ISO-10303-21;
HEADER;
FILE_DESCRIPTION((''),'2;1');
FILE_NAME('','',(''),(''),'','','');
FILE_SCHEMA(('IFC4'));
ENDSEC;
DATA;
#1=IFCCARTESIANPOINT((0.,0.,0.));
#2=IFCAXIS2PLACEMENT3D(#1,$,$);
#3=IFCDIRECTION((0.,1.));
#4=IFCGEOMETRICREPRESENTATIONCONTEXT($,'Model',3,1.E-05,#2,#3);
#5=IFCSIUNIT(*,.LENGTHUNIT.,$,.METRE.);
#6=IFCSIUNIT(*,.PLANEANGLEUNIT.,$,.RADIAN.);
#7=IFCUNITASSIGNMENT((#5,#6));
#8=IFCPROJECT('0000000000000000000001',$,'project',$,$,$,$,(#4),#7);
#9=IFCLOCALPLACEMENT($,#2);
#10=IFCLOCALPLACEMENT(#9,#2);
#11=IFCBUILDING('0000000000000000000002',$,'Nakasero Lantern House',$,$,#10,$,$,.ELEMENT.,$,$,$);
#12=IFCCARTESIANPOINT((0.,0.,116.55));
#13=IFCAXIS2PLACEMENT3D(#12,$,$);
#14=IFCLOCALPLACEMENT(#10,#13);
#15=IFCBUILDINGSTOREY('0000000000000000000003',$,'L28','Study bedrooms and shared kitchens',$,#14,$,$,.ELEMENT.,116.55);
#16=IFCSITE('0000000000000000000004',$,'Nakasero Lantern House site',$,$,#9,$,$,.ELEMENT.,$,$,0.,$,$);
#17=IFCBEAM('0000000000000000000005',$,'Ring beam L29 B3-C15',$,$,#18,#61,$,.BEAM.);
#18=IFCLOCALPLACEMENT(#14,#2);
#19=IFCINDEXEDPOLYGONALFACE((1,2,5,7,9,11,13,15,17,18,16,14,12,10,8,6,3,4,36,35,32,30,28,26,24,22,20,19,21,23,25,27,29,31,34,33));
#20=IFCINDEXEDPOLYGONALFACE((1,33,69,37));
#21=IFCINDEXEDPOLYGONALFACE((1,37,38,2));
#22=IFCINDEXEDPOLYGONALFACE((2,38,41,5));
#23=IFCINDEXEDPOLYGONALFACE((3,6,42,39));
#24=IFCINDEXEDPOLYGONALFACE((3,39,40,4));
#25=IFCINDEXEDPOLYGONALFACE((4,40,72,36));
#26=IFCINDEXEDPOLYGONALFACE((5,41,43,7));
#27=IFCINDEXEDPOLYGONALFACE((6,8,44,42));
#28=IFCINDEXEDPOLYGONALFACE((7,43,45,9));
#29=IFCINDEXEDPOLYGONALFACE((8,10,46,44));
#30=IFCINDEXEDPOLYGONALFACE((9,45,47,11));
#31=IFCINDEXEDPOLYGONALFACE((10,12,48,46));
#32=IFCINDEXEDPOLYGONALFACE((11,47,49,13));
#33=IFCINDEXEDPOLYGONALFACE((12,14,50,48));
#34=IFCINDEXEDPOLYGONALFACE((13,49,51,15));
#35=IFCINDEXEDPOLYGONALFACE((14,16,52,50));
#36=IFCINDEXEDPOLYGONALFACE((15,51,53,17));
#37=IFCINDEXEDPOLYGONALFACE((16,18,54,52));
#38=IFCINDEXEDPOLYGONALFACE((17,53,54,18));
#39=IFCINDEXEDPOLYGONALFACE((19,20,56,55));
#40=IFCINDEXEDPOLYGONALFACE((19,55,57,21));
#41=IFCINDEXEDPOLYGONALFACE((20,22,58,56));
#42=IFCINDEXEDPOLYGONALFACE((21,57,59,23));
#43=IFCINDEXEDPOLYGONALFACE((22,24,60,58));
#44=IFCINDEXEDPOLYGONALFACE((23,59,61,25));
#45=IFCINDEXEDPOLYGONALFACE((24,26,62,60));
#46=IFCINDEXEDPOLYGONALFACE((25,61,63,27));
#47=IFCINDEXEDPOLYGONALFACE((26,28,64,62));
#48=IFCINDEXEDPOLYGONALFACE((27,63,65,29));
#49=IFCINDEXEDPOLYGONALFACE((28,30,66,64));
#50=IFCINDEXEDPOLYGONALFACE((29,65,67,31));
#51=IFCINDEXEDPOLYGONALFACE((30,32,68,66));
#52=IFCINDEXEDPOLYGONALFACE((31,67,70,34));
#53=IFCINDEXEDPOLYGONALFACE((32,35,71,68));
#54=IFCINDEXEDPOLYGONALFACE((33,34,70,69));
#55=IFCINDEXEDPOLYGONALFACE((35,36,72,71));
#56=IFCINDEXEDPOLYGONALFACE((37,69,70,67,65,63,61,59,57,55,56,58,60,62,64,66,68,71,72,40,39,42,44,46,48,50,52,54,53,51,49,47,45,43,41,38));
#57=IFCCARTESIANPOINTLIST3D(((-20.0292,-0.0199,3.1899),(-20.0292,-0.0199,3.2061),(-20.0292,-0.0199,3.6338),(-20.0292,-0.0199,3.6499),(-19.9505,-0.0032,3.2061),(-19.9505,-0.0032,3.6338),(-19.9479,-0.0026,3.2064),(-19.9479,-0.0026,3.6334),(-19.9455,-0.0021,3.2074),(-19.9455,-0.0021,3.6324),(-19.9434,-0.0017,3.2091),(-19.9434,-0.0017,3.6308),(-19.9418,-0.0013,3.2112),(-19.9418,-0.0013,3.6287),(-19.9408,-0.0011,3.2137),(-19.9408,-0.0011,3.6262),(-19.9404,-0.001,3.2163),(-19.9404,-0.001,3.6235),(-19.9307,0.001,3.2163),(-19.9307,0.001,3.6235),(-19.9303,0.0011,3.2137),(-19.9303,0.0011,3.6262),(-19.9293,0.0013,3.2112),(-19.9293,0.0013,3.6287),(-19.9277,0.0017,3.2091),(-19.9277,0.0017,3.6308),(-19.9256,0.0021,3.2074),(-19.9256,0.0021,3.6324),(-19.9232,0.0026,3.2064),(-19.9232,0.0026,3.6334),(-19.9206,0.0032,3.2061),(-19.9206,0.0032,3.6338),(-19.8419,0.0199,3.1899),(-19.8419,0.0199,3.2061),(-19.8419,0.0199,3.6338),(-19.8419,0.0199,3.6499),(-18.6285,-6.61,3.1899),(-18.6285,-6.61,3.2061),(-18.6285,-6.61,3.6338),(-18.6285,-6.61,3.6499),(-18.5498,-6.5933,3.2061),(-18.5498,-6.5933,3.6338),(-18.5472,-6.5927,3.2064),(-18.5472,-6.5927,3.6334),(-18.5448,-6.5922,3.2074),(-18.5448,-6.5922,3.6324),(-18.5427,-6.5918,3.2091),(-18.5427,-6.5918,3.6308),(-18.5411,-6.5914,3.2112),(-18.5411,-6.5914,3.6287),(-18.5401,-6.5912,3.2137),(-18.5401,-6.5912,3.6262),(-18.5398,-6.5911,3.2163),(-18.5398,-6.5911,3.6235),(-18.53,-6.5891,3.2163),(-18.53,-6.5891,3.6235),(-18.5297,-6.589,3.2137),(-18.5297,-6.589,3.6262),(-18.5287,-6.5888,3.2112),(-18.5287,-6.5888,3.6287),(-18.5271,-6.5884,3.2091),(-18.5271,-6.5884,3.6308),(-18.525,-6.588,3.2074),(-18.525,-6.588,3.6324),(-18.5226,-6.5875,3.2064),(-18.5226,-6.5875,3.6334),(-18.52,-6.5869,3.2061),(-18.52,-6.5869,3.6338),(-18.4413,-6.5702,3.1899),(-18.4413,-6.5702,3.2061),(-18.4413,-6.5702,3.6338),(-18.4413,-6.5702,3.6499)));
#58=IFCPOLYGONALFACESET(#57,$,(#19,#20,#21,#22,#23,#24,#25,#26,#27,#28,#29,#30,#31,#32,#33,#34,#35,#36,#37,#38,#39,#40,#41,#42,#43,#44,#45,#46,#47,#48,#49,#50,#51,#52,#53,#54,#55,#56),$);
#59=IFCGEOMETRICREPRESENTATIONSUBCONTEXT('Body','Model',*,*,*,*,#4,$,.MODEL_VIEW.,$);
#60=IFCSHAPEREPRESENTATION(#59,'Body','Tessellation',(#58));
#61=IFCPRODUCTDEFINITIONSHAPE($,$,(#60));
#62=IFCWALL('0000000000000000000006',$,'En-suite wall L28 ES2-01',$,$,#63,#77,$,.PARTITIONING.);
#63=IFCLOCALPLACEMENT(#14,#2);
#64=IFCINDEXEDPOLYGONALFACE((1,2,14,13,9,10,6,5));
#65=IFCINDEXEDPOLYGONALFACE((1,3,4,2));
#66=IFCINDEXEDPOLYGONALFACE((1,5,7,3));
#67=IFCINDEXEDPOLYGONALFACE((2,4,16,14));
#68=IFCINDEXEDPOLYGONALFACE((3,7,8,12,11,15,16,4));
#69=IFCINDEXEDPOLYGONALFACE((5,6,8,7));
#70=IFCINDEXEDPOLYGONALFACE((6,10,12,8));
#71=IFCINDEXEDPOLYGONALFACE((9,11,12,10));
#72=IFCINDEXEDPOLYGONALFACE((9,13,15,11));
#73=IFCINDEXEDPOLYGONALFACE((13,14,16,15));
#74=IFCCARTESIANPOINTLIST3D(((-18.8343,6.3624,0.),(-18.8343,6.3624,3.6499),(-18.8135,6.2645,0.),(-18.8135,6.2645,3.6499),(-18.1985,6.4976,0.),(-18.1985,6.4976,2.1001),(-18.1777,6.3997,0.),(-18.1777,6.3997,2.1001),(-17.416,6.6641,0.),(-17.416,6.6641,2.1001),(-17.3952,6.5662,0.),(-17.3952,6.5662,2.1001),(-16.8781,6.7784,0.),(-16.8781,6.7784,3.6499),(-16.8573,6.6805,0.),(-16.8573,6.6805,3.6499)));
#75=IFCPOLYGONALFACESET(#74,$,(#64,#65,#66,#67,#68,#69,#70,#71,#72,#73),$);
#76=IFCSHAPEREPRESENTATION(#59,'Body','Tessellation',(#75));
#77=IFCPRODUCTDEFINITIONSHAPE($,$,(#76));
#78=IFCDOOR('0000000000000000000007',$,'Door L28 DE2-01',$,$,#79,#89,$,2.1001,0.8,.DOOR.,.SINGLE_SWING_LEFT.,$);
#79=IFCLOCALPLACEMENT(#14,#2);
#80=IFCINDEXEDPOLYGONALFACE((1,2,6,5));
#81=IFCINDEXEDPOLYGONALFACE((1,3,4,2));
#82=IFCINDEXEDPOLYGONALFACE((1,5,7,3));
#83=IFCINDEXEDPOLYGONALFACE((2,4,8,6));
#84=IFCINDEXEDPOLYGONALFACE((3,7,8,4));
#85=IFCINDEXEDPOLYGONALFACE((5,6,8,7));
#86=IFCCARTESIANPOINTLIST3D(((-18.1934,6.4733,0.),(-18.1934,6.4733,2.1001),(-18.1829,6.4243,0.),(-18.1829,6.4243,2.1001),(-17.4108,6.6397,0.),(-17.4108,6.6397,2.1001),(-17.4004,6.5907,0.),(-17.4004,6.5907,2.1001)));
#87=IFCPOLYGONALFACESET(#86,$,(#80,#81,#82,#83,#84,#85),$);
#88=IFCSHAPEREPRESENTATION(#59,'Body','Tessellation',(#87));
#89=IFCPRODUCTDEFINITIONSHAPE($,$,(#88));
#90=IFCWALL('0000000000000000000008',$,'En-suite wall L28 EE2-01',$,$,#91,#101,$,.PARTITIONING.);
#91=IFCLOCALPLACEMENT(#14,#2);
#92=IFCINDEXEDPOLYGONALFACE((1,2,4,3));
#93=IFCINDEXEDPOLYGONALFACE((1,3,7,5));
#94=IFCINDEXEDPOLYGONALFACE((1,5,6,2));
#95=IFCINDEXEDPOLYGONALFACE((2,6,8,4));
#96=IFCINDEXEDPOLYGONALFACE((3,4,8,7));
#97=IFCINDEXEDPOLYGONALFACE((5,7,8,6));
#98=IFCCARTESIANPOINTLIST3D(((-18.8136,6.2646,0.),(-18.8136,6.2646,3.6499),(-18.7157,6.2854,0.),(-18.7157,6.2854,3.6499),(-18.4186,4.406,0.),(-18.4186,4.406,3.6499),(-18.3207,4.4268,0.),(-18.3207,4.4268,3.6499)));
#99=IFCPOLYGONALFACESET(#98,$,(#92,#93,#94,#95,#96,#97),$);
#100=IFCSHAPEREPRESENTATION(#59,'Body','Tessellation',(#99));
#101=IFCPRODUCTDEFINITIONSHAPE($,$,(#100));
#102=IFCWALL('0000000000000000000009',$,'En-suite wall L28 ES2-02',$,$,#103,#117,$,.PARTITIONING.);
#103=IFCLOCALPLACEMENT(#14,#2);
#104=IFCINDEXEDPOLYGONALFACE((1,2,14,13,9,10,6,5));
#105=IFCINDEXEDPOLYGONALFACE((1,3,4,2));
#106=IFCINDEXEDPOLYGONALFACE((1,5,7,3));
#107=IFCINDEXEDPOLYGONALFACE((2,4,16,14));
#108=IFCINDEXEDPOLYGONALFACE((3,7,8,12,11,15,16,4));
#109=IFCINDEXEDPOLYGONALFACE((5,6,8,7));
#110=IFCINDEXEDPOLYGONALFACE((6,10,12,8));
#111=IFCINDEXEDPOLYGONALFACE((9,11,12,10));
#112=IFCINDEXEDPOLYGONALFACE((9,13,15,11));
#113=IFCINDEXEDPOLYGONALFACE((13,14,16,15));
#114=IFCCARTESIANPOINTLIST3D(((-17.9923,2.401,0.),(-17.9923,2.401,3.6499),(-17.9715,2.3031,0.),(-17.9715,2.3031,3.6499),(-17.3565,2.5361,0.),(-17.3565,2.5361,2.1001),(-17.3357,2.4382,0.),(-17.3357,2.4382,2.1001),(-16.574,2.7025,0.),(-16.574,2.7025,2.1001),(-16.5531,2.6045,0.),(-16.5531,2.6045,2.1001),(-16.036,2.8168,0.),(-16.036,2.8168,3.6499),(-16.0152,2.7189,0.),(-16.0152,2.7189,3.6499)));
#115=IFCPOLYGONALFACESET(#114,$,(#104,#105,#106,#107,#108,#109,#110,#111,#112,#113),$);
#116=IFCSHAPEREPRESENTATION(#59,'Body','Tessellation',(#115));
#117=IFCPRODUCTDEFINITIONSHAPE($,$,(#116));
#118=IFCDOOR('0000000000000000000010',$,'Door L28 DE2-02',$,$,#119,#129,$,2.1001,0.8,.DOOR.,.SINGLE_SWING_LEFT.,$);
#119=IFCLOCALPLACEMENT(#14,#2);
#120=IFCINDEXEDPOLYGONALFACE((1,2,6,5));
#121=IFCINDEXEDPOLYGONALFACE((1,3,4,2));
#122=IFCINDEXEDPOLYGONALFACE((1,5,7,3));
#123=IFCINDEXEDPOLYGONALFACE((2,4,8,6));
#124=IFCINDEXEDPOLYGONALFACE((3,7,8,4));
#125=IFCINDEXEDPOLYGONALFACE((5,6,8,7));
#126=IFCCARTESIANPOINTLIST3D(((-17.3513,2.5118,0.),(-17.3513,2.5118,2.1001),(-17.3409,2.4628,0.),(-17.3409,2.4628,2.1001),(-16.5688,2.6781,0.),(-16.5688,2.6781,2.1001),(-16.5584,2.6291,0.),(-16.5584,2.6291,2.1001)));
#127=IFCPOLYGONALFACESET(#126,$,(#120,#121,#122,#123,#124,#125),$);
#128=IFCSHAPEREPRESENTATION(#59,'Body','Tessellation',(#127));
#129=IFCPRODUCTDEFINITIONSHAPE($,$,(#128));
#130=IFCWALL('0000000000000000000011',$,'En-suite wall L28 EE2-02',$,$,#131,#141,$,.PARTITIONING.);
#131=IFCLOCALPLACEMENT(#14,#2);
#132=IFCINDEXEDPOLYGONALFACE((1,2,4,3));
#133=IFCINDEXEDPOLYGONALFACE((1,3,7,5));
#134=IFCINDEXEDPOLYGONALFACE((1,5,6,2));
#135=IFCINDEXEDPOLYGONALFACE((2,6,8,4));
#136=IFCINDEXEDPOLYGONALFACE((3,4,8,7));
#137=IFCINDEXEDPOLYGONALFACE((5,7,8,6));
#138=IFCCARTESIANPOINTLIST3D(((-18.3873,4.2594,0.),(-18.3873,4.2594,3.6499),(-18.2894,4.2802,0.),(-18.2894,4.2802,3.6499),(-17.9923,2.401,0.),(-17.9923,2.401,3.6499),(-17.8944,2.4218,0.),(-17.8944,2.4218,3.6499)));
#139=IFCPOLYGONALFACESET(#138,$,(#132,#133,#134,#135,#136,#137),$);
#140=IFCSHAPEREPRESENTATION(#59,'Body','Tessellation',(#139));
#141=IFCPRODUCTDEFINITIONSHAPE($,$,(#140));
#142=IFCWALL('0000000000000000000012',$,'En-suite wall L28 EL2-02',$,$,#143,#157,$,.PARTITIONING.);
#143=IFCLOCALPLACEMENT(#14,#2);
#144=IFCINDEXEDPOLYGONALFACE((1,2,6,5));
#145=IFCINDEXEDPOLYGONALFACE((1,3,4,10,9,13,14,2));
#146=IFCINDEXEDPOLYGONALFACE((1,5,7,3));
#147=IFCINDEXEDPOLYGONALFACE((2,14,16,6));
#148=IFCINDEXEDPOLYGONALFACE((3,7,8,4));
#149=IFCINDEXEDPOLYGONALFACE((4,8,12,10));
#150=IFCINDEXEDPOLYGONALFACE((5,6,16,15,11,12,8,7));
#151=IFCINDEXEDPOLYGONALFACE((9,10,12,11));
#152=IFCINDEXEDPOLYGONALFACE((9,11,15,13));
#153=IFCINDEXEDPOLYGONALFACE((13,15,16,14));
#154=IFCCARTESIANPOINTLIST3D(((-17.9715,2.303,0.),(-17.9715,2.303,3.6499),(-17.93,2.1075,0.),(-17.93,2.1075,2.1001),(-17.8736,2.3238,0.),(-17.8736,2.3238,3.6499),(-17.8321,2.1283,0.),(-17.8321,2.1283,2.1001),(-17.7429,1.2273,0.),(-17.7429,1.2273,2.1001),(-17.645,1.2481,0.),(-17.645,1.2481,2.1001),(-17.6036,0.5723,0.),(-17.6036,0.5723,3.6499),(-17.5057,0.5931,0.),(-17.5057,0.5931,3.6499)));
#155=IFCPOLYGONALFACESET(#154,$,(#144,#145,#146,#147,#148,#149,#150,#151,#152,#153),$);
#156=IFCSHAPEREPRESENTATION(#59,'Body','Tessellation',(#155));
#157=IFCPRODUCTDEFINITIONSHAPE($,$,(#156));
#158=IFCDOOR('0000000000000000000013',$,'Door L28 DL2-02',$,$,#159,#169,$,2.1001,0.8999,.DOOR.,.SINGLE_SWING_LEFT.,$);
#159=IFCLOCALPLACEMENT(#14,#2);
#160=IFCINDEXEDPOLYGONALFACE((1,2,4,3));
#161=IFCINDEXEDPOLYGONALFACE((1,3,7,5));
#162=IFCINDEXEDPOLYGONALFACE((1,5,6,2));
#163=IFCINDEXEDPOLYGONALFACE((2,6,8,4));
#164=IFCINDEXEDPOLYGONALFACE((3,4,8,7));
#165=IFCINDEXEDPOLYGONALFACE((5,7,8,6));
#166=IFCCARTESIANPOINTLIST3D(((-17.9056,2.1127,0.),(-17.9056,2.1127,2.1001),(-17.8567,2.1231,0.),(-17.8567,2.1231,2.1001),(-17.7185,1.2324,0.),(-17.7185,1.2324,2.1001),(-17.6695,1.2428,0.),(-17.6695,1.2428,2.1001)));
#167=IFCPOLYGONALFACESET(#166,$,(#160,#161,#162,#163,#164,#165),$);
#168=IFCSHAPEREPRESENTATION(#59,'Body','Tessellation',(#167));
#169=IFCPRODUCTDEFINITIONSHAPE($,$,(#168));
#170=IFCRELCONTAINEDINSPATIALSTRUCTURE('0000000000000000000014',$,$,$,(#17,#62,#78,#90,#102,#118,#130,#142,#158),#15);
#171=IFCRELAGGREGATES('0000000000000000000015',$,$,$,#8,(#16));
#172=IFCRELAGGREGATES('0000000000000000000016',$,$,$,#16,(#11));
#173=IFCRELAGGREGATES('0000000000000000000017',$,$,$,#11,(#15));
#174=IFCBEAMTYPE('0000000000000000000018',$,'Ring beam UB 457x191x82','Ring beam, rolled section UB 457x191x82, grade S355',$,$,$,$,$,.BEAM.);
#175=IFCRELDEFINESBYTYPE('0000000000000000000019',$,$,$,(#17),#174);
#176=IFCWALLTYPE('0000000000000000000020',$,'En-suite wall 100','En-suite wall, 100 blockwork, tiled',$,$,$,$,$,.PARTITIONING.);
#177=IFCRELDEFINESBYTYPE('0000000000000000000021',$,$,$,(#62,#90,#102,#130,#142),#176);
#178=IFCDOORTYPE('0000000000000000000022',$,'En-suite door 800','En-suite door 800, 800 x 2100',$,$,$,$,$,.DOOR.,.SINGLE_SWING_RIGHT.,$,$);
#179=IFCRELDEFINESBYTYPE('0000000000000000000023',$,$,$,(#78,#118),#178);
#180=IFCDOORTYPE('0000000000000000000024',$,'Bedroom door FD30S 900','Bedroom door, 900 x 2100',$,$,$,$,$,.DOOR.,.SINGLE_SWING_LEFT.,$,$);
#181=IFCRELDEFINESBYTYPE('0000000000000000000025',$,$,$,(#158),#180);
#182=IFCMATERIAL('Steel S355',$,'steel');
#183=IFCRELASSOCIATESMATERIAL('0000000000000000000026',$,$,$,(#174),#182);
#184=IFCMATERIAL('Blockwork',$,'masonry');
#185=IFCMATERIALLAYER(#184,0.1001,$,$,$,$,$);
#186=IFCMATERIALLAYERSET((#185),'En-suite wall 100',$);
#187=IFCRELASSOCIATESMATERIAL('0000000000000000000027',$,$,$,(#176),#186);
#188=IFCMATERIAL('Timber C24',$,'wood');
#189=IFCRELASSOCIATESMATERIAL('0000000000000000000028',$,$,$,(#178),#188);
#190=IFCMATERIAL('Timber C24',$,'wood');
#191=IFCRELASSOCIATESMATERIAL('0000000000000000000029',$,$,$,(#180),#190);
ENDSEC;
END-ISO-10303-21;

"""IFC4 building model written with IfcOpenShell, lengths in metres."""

from ifc_helpers import new_model, si_unit, direction, frame, frame_2d, origin, origin_2d, place, context, subcontext, project, spatial, rectangle, i_section, extrude, material, layer, layer_set, material_profile, profile_set, type_object, element, fill, save


model = new_model("IFC4")

# Units and contexts
model_context = context("Model", 3, precision=1e-05, world=origin(), true_north=direction((0.0, 1.0)))
body_context = subcontext(model_context, "Body", "Model", "MODEL_VIEW")
ifc_project = project(units=[si_unit("LENGTHUNIT", "METRE"), si_unit("PLANEANGLEUNIT", "RADIAN")], contexts=[model_context])

# Site, building, storey
site_placement = place(None, origin())
site = spatial("IfcSite", under=ifc_project, at=site_placement, Name="Nakasero Lantern House site", CompositionType="ELEMENT", RefElevation=0.0)
building_placement = place(site_placement, origin())
building = spatial("IfcBuilding", under=site, at=building_placement, Name="Nakasero Lantern House", CompositionType="ELEMENT")
storey_placement = place(building_placement, frame((0.0, 0.0, 116.55)))
storey = spatial("IfcBuildingStorey", under=building, at=storey_placement, Name="L28", Description="Study bedrooms and shared kitchens", CompositionType="ELEMENT", Elevation=116.55)

# Beam
ifc_material_1 = material(Name="Steel S355", Category="steel")
ifc_material_profile_1 = material_profile(ifc_material_1, i_section(OverallWidth=0.1914, OverallDepth=0.46, WebThickness=0.01, FlangeThickness=0.0161, FilletRadius=0.0103, at=origin_2d()), Name="UB 457x191x82")
ifc_profile_set_1 = profile_set([ifc_material_profile_1], Name="Steel S355")
beam_type_1 = type_object("IfcBeamType", Name="Ring beam UB 457x191x82", Description="Ring beam, rolled section UB 457x191x82, grade S355", PredefinedType="BEAM", material=ifc_profile_set_1)
beam_1_placement = place(storey_placement, frame((-19.9355, 0.0, 3.4199), z_axis=(0.207893, -0.978152, 0.0), x_axis=(0.978152, 0.207893, 0.0)))
element("IfcBeam", 1, at=beam_1_placement, inside=storey, type_object=beam_type_1, Name="Ring beam L29 B3-C15", PredefinedType="BEAM", context=body_context, shape_type="SweptSolid", body=[
    extrude(i_section(OverallWidth=0.1914, OverallDepth=0.46, WebThickness=0.01, FlangeThickness=0.0161, FilletRadius=0.0103, at=origin_2d()), origin(), (0.0, 0.0, 1.0), 6.7373),
])

# Wall, opening, door
ifc_material_2 = material(Name="Blockwork", Category="masonry")
ifc_layer_1 = layer(ifc_material_2, 0.1001)
ifc_layer_set_1 = layer_set([ifc_layer_1], Name="En-suite wall 100")
wall_type_1 = type_object("IfcWallType", Name="En-suite wall 100", Description="En-suite wall, 100 blockwork, tiled", PredefinedType="PARTITIONING", material=ifc_layer_set_1)
wall_1_placement = place(storey_placement, frame((-16.8677, 6.7295, 0.0), z_axis=(0.0, 0.0, 1.0), x_axis=(-0.978128, -0.208003, 0.0)))
wall_1 = element("IfcWall", 2, at=wall_1_placement, inside=storey, type_object=wall_type_1, Name="En-suite wall L28 ES2-01", PredefinedType="PARTITIONING", context=body_context, shape_type="SweptSolid", body=[
    extrude(rectangle(XDim=2.0, YDim=0.1001, at=frame_2d((1.0, 0.0))), origin(), (0.0, 0.0, 1.0), 3.6499),
])
opening_1_placement = place(wall_1_placement, frame((0.55, 0.0, 0.0)))
opening_1 = element("IfcOpeningElement", 3, at=opening_1_placement, cuts=wall_1, PredefinedType="OPENING", context=body_context, shape_type="SweptSolid", body=[
    extrude(rectangle(XDim=0.8, YDim=2.1001, at=frame_2d((0.3999, 1.05))), frame((0.0, 0.0701, 0.0), z_axis=(0.0, -1.0, 0.0), x_axis=(1.0, 0.0, 0.0)), (0.0, 0.0, 1.0), 0.1401),
])
ifc_material_3 = material(Name="Timber C24", Category="wood")
door_type_1 = type_object("IfcDoorType", Name="En-suite door 800", Description="En-suite door 800, 800 x 2100", OperationType="SINGLE_SWING_RIGHT", PredefinedType="DOOR", material=ifc_material_3)
door_1_placement = place(opening_1_placement, origin())
door_1 = element("IfcDoor", 4, at=door_1_placement, inside=storey, type_object=door_type_1, Name="Door L28 DE2-01", OperationType="SINGLE_SWING_LEFT", OverallHeight=2.1001, OverallWidth=0.8, PredefinedType="DOOR", context=body_context, shape_type="SweptSolid", body=[
    extrude(rectangle(XDim=0.8, YDim=2.1001, at=frame_2d((0.3999, 1.05))), frame((0.0, 0.0249, 0.0), z_axis=(0.0, -1.0, 0.0), x_axis=(1.0, 0.0, 0.0)), (0.0, 0.0, 1.0), 0.05),
])
fill(opening_1, door_1)

# Wall
wall_2_placement = place(storey_placement, frame((-18.7646, 6.2751, 0.0), z_axis=(0.0, 0.0, 1.0), x_axis=(0.207888, -0.978153, 0.0)))
element("IfcWall", 5, at=wall_2_placement, inside=storey, type_object=wall_type_1, Name="En-suite wall L28 EE2-01", PredefinedType="PARTITIONING", context=body_context, shape_type="SweptSolid", body=[
    extrude(rectangle(XDim=1.9001, YDim=0.1001, at=frame_2d((0.9502, 0.0))), origin(), (0.0, 0.0, 1.0), 3.6499),
])

# Wall, opening, door
wall_3_placement = place(storey_placement, frame((-16.0256, 2.7678, 0.0), z_axis=(0.0, 0.0, 1.0), x_axis=(-0.978153, -0.207886, 0.0)))
wall_3 = element("IfcWall", 6, at=wall_3_placement, inside=storey, type_object=wall_type_1, Name="En-suite wall L28 ES2-02", PredefinedType="PARTITIONING", context=body_context, shape_type="SweptSolid", body=[
    extrude(rectangle(XDim=2.0, YDim=0.1001, at=frame_2d((1.0, 0.0))), origin(), (0.0, 0.0, 1.0), 3.6499),
])
opening_2_placement = place(wall_3_placement, frame((0.55, 0.0, 0.0)))
opening_2 = element("IfcOpeningElement", 7, at=opening_2_placement, cuts=wall_3, PredefinedType="OPENING", context=body_context, shape_type="SweptSolid", body=[
    extrude(rectangle(XDim=0.8, YDim=2.1001, at=frame_2d((0.3999, 1.05))), frame((0.0, 0.0701, 0.0), z_axis=(0.0, -1.0, 0.0), x_axis=(1.0, 0.0, 0.0)), (0.0, 0.0, 1.0), 0.1401),
])
door_2_placement = place(opening_2_placement, origin())
door_2 = element("IfcDoor", 8, at=door_2_placement, inside=storey, type_object=door_type_1, Name="Door L28 DE2-02", OperationType="SINGLE_SWING_LEFT", OverallHeight=2.1001, OverallWidth=0.8, PredefinedType="DOOR", context=body_context, shape_type="SweptSolid", body=[
    extrude(rectangle(XDim=0.8, YDim=2.1001, at=frame_2d((0.3999, 1.05))), frame((0.0, 0.0249, 0.0), z_axis=(0.0, -1.0, 0.0), x_axis=(1.0, 0.0, 0.0)), (0.0, 0.0, 1.0), 0.05),
])
fill(opening_2, door_2)

# Wall
wall_4_placement = place(storey_placement, frame((-18.3384, 4.2698, 0.0), z_axis=(0.0, 0.0, 1.0), x_axis=(0.207914, -0.978147, 0.0)))
element("IfcWall", 9, at=wall_4_placement, inside=storey, type_object=wall_type_1, Name="En-suite wall L28 EE2-02", PredefinedType="PARTITIONING", context=body_context, shape_type="SweptSolid", body=[
    extrude(rectangle(XDim=1.8999, YDim=0.1001, at=frame_2d((0.95, 0.0))), origin(), (0.0, 0.0, 1.0), 3.6499),
])

# Wall, opening, door
wall_5_placement = place(storey_placement, frame((-17.9226, 2.3135, 0.0), z_axis=(0.0, 0.0, 1.0), x_axis=(0.207936, -0.978142, 0.0)))
wall_5 = element("IfcWall", 10, at=wall_5_placement, inside=storey, type_object=wall_type_1, Name="En-suite wall L28 EL2-02", PredefinedType="PARTITIONING", context=body_context, shape_type="SweptSolid", body=[
    extrude(rectangle(XDim=1.7693, YDim=0.1001, at=frame_2d((0.8848, 0.0))), origin(), (0.0, 0.0, 1.0), 3.6499),
])
opening_3_placement = place(wall_5_placement, frame((0.2, 0.0, 0.0)))
opening_3 = element("IfcOpeningElement", 11, at=opening_3_placement, cuts=wall_5, PredefinedType="OPENING", context=body_context, shape_type="SweptSolid", body=[
    extrude(rectangle(XDim=0.8999, YDim=2.1001, at=frame_2d((0.45, 1.05))), frame((0.0, 0.0701, 0.0), z_axis=(0.0, -1.0, 0.0), x_axis=(1.0, 0.0, 0.0)), (0.0, 0.0, 1.0), 0.1401),
])
ifc_material_4 = material(Name="Timber C24", Category="wood")
door_type_2 = type_object("IfcDoorType", Name="Bedroom door FD30S 900", Description="Bedroom door, 900 x 2100", OperationType="SINGLE_SWING_LEFT", PredefinedType="DOOR", material=ifc_material_4)
door_3_placement = place(opening_3_placement, origin())
door_3 = element("IfcDoor", 12, at=door_3_placement, inside=storey, type_object=door_type_2, Name="Door L28 DL2-02", OperationType="SINGLE_SWING_LEFT", OverallHeight=2.1001, OverallWidth=0.8999, PredefinedType="DOOR", context=body_context, shape_type="SweptSolid", body=[
    extrude(rectangle(XDim=0.8999, YDim=2.1001, at=frame_2d((0.45, 1.05))), frame((0.0, 0.0249, 0.0), z_axis=(0.0, -1.0, 0.0), x_axis=(1.0, 0.0, 0.0)), (0.0, 0.0, 1.0), 0.05),
])
fill(opening_3, door_3)

save(model, "model.ifc")
